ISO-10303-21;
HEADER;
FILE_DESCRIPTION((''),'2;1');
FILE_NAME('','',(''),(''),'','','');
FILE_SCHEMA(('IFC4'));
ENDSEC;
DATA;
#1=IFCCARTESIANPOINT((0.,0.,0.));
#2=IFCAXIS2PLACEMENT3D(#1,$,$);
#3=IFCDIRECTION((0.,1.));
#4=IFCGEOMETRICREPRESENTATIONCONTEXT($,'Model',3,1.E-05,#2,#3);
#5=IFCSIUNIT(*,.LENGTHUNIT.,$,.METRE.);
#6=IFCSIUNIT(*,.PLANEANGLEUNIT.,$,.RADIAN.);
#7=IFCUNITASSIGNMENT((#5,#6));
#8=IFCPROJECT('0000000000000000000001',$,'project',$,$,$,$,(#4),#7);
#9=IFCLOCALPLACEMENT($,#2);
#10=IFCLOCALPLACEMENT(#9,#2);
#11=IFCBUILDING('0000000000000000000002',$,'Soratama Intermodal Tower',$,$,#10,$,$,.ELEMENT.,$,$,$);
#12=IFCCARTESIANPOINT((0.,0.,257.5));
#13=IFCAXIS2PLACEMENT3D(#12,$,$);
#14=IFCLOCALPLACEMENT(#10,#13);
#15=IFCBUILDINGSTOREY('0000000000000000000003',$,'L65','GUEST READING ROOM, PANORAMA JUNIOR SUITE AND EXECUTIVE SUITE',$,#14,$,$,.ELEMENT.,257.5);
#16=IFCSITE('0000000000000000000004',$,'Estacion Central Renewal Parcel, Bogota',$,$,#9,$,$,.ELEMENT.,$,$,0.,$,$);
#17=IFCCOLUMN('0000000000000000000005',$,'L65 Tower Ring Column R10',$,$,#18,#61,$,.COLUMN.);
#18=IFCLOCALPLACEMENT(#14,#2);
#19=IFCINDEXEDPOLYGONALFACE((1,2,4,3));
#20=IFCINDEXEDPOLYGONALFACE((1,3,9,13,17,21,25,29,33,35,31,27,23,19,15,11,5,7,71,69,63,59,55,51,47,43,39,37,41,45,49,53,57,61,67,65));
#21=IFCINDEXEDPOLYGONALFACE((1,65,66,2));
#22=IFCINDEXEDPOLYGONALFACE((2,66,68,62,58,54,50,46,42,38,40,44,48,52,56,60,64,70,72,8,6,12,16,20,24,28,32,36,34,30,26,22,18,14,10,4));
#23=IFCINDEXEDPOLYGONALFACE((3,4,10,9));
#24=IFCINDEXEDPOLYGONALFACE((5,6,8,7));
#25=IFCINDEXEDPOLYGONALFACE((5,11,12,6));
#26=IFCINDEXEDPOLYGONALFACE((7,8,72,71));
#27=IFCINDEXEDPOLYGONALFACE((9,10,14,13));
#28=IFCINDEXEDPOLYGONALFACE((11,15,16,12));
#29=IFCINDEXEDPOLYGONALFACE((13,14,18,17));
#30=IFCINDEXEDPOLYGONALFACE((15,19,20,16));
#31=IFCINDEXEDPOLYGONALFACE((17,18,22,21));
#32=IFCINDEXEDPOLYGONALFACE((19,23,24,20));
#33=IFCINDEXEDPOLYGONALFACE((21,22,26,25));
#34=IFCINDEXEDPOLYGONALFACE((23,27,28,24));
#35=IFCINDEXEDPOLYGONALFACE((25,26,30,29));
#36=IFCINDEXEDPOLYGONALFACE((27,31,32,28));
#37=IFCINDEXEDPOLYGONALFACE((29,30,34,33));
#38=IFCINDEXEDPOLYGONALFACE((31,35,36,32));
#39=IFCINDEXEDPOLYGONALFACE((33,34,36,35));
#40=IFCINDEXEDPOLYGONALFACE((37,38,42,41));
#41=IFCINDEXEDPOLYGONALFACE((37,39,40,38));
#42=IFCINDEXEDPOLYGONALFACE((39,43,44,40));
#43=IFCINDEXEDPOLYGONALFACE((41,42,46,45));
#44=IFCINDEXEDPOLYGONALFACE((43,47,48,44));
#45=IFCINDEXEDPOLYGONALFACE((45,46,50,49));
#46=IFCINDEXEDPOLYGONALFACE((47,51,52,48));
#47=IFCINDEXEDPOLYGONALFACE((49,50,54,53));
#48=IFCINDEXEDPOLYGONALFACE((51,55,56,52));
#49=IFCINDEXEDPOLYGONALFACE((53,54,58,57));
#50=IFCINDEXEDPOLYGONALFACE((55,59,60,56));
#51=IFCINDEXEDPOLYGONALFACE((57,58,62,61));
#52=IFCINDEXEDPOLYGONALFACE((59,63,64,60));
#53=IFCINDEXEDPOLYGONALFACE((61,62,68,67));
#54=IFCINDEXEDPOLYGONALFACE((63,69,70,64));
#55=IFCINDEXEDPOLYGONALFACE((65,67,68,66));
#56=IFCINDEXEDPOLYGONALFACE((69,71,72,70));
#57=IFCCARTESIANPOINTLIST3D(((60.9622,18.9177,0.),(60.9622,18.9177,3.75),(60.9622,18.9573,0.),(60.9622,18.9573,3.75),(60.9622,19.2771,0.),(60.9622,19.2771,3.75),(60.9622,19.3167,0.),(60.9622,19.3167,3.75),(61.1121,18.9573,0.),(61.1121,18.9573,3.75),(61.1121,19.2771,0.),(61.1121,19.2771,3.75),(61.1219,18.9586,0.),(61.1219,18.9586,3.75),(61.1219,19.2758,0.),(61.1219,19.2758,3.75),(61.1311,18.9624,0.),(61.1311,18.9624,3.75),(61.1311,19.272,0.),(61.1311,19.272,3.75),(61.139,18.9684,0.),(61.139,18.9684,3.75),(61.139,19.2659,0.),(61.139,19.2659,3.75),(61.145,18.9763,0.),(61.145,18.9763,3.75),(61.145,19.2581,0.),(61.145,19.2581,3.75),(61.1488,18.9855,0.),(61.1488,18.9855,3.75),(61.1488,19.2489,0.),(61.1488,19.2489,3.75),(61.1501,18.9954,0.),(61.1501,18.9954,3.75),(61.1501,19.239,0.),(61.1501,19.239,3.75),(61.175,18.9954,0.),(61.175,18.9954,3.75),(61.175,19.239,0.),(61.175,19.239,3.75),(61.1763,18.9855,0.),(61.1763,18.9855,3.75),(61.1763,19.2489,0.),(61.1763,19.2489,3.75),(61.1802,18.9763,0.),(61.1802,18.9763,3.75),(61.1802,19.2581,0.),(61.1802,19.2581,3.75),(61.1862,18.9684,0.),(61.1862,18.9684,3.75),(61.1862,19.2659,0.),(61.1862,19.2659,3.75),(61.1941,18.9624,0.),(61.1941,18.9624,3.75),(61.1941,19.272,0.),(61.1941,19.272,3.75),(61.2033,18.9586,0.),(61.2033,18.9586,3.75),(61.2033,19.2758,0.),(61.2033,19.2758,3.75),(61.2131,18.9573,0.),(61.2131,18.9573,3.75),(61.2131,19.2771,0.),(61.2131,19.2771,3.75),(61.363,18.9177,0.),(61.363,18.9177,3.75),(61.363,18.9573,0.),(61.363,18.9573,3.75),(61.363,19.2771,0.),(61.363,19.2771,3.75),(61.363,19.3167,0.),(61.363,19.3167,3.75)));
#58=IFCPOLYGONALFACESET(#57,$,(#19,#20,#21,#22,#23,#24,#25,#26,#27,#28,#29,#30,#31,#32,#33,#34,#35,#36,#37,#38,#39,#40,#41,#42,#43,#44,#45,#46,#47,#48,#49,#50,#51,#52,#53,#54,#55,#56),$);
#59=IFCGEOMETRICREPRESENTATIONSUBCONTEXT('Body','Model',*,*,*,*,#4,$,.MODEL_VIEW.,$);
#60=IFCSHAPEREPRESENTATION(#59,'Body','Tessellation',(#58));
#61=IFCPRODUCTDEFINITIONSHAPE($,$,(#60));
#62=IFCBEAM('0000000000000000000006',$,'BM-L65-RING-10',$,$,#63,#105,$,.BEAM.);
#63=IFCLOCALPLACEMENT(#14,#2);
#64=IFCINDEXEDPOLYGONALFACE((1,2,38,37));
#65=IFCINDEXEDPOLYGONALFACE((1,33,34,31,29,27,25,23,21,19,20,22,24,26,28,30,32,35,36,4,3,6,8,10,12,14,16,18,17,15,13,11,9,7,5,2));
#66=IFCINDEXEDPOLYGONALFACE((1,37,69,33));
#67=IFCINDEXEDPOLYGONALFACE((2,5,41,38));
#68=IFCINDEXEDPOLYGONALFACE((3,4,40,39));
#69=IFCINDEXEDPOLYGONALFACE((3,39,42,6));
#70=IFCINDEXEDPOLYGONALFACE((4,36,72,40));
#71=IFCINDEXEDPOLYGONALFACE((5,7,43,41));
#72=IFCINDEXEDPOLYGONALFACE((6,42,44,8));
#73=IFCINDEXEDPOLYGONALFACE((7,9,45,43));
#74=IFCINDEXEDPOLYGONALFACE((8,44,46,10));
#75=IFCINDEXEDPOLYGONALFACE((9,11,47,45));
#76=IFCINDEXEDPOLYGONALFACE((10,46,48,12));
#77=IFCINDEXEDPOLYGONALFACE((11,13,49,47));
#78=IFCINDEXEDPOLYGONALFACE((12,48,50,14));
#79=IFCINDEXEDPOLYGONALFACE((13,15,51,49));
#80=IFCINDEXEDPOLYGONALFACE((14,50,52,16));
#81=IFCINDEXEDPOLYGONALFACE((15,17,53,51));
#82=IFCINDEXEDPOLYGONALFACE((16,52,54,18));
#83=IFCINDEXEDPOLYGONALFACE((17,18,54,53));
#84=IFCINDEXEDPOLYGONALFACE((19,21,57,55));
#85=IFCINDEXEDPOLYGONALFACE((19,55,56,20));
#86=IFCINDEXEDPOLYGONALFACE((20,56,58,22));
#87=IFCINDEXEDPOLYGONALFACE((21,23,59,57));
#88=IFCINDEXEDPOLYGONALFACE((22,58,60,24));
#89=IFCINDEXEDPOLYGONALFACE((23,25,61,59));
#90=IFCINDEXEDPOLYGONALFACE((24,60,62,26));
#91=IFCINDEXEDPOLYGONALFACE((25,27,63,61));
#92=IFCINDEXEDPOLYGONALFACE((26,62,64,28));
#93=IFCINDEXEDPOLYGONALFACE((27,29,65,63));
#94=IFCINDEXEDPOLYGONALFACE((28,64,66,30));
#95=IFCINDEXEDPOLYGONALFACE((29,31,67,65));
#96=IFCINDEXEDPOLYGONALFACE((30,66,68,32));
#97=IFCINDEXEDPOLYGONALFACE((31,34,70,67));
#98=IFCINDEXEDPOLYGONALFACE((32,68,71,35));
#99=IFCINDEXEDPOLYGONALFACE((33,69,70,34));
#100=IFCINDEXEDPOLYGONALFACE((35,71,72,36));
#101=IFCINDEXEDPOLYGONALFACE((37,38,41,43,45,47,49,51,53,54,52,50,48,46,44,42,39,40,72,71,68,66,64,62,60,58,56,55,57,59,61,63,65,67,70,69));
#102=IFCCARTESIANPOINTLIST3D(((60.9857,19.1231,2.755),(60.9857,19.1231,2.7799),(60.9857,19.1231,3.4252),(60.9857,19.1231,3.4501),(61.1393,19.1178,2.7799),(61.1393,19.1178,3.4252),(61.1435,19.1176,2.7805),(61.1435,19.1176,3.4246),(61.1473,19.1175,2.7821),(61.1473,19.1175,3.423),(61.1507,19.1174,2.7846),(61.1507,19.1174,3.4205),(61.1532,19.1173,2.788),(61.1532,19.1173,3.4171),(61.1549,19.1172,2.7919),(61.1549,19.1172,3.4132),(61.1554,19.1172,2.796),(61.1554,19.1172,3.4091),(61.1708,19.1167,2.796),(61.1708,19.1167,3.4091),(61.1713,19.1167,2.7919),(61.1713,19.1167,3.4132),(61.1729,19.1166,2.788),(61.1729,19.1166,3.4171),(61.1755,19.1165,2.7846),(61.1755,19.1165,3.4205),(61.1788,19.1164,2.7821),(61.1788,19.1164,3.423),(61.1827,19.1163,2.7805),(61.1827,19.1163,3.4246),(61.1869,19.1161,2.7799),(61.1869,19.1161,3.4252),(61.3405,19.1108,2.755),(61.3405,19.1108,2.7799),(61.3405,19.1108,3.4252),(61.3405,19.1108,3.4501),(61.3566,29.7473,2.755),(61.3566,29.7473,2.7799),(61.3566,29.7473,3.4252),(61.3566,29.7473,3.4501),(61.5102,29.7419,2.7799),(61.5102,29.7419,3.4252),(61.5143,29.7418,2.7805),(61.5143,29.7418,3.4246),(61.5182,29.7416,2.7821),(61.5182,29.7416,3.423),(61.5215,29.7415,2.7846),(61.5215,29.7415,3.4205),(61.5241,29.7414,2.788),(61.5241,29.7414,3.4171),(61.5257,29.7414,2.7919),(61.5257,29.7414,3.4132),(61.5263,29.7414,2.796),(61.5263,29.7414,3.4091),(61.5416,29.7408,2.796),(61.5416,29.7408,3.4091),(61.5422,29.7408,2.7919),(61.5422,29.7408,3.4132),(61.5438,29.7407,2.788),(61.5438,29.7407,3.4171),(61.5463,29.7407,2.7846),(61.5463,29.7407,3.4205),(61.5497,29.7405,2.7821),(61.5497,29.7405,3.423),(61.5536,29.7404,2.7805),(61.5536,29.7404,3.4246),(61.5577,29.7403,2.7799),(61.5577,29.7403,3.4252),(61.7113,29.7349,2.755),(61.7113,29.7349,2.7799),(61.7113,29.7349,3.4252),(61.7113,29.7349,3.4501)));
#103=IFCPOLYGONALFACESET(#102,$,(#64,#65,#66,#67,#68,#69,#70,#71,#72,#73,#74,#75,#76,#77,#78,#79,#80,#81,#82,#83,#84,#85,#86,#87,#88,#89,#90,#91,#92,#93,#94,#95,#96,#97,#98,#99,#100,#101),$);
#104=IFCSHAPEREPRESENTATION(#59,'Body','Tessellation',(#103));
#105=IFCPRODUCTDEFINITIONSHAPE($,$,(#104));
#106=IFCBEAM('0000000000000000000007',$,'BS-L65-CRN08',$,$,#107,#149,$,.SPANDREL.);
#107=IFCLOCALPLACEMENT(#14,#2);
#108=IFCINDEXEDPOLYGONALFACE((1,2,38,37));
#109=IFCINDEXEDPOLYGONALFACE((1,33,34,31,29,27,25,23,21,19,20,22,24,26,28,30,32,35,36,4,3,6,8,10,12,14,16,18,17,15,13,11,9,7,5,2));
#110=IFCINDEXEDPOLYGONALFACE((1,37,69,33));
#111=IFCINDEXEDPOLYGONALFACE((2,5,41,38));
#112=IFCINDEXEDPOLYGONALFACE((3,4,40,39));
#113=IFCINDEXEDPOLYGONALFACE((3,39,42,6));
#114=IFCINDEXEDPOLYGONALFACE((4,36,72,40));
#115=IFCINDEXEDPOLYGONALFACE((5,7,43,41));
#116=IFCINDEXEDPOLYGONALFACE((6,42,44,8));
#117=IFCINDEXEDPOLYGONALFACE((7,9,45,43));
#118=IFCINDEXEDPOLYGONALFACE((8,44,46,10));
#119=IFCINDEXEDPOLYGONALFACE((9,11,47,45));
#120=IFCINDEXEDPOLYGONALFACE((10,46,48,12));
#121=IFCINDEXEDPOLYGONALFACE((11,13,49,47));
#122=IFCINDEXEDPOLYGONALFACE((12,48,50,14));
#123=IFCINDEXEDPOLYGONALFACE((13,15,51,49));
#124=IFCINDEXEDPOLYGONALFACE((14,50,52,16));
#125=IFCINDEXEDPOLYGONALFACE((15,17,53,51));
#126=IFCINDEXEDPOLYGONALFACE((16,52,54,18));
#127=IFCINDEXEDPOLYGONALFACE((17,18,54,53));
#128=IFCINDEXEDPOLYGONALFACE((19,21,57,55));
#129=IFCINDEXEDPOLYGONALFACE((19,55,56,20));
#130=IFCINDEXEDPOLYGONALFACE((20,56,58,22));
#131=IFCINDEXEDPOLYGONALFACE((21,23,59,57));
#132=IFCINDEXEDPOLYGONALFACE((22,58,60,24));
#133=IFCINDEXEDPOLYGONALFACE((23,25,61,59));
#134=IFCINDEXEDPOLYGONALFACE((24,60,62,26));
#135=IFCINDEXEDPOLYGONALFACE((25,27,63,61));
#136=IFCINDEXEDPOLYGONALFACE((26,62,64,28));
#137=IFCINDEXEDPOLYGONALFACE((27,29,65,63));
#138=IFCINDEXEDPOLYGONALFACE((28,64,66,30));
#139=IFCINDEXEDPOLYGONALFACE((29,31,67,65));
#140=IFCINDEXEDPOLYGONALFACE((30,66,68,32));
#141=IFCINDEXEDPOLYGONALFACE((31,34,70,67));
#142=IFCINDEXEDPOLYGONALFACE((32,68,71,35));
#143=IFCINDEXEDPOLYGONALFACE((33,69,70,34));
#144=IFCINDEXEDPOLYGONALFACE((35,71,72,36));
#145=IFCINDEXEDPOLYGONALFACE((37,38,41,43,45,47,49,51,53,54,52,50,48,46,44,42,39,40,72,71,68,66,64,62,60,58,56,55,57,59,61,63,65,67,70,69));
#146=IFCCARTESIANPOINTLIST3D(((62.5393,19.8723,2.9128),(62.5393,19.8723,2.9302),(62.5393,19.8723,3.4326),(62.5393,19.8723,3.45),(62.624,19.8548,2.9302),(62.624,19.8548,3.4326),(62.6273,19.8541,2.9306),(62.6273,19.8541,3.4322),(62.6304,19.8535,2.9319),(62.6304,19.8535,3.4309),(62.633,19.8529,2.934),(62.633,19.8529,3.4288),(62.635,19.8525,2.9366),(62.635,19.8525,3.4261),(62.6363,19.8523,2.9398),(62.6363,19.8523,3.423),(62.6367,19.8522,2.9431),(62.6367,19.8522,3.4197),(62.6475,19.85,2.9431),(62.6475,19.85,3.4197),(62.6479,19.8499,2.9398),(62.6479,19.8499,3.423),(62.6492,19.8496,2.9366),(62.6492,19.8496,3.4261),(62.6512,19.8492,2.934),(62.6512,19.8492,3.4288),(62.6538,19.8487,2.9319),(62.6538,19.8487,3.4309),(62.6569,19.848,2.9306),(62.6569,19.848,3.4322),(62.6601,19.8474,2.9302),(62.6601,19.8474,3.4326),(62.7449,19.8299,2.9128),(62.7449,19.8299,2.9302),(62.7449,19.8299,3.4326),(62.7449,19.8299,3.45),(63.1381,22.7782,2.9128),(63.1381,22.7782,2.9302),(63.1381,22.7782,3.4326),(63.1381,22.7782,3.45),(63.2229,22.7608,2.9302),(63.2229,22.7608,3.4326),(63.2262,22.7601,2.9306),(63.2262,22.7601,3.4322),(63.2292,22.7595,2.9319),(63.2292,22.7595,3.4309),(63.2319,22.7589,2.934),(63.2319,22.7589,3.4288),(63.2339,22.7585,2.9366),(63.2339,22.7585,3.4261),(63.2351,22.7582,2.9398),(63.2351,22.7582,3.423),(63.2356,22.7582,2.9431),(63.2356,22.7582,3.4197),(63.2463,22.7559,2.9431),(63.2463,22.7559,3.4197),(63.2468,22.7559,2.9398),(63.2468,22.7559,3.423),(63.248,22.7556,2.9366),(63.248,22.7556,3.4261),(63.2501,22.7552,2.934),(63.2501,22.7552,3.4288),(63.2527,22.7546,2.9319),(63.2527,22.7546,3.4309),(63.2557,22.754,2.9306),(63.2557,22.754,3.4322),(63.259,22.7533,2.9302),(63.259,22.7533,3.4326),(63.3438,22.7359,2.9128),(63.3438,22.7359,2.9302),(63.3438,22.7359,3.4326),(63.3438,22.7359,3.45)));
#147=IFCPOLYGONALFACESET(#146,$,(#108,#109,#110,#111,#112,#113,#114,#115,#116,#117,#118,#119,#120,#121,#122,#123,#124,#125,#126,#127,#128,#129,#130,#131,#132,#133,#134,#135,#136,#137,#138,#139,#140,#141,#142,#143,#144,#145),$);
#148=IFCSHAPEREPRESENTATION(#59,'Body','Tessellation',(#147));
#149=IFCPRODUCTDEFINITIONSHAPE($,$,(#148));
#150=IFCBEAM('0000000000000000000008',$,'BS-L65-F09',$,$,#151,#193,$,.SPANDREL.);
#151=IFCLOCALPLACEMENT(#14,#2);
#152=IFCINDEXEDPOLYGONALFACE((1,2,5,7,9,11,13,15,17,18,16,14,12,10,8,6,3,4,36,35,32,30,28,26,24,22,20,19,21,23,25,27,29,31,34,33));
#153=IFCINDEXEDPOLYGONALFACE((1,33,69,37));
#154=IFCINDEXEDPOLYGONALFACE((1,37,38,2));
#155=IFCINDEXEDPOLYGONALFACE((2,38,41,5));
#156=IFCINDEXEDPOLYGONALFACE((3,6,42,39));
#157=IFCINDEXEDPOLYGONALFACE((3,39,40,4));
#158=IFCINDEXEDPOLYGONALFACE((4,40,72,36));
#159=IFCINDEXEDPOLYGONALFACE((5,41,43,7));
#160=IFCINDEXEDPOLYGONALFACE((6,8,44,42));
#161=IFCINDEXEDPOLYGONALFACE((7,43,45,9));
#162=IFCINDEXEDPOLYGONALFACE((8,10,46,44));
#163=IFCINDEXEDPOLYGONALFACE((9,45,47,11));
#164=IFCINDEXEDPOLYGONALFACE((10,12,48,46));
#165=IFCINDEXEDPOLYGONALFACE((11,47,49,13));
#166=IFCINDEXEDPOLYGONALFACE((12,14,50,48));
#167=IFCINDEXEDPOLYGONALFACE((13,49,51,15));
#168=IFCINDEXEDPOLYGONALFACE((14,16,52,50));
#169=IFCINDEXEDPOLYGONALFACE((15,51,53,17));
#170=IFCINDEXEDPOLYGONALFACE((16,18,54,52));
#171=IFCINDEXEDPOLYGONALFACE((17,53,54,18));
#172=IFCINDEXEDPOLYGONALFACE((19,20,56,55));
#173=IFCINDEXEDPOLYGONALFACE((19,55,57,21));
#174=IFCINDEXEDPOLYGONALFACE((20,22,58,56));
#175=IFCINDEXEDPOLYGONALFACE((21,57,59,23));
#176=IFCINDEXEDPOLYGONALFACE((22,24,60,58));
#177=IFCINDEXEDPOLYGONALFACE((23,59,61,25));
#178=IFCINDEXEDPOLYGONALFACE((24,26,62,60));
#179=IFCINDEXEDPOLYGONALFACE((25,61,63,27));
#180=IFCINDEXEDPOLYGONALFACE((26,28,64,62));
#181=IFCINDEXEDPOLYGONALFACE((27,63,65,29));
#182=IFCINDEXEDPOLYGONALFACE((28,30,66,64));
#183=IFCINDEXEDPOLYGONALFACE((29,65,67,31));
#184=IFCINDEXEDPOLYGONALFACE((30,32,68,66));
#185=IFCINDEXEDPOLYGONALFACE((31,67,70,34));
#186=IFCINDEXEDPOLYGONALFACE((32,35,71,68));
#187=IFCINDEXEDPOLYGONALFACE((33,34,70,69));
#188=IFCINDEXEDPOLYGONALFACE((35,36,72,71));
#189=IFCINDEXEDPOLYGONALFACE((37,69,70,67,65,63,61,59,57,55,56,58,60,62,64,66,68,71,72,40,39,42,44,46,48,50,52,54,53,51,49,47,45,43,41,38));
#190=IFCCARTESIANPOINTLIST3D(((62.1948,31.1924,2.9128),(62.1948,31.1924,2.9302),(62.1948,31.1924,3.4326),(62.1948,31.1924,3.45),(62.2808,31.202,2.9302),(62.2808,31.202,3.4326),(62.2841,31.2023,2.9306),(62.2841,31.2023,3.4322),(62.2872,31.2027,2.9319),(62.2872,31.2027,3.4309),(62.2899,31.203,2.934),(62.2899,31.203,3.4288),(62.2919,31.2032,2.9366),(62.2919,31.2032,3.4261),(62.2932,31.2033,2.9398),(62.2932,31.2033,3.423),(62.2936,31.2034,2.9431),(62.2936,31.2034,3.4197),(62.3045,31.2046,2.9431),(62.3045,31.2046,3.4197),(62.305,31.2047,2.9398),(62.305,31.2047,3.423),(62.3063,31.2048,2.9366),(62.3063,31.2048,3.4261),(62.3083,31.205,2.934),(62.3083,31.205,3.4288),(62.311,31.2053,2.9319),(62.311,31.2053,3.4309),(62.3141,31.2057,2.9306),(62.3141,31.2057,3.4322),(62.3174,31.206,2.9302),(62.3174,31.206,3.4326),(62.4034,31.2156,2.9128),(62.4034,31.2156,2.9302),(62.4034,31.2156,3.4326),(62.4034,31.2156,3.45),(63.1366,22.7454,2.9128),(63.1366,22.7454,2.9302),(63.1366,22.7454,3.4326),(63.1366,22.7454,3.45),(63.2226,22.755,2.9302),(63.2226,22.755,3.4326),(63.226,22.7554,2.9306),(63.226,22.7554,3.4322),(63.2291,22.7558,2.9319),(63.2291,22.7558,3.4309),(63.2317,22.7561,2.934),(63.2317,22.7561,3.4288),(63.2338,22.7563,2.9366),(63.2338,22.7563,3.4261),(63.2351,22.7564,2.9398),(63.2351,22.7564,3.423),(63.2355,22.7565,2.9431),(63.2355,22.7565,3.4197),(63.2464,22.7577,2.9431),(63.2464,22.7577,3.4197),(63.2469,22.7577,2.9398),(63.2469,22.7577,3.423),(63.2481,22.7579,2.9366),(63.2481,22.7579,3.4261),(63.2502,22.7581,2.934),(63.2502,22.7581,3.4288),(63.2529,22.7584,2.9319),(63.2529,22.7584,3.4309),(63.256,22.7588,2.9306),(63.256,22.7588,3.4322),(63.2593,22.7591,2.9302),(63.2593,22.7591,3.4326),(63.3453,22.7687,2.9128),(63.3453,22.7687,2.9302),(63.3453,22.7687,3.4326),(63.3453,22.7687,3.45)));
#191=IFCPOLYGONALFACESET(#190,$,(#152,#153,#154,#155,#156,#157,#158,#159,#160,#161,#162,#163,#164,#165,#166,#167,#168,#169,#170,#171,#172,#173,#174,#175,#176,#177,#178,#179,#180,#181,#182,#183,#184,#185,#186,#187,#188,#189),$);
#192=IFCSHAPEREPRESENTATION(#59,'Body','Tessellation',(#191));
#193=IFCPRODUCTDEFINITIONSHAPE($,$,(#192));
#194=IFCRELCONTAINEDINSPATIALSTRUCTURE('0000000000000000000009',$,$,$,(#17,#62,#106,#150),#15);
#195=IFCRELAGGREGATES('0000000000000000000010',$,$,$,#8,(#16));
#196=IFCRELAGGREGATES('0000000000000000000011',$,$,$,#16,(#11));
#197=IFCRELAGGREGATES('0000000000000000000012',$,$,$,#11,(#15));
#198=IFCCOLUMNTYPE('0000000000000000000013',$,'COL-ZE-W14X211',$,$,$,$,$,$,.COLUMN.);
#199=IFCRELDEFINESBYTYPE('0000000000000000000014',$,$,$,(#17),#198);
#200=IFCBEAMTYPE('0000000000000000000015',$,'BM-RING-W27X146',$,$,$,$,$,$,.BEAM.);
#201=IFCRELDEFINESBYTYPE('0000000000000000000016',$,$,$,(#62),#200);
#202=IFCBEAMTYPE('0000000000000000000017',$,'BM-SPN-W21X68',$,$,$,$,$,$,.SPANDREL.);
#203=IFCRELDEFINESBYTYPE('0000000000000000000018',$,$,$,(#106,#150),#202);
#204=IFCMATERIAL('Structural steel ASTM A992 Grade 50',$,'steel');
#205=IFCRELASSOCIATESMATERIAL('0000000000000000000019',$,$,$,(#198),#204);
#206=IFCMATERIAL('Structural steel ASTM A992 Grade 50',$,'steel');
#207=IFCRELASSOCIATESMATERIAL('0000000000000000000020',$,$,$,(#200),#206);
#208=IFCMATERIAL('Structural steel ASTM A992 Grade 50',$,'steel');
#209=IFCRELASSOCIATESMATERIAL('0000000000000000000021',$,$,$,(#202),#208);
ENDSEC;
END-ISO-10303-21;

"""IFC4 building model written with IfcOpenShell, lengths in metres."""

from ifc_helpers import new_model, si_unit, direction, frame, origin, origin_2d, place, context, subcontext, project, spatial, i_section, extrude, material, material_profile, profile_set, type_object, element, save


model = new_model("IFC4")

# Units and contexts
model_context = context("Model", 3, precision=1e-05, world=origin(), true_north=direction((0.0, 1.0)))
body_context = subcontext(model_context, "Body", "Model", "MODEL_VIEW")
ifc_project = project(units=[si_unit("LENGTHUNIT", "METRE"), si_unit("PLANEANGLEUNIT", "RADIAN")], contexts=[model_context])

# Site, building, storey
site_placement = place(None, origin())
site = spatial("IfcSite", under=ifc_project, at=site_placement, Name="Estacion Central Renewal Parcel, Bogota", CompositionType="ELEMENT", RefElevation=0.0)
building_placement = place(site_placement, origin())
building = spatial("IfcBuilding", under=site, at=building_placement, Name="Soratama Intermodal Tower", CompositionType="ELEMENT")
storey_placement = place(building_placement, frame((0.0, 0.0, 257.5)))
storey = spatial("IfcBuildingStorey", under=building, at=storey_placement, Name="L65", Description="GUEST READING ROOM, PANORAMA JUNIOR SUITE AND EXECUTIVE SUITE", CompositionType="ELEMENT", Elevation=257.5)

# Column
ifc_material_1 = material(Name="Structural steel ASTM A992 Grade 50", Category="steel")
ifc_material_profile_1 = material_profile(ifc_material_1, i_section(OverallWidth=0.4009, OverallDepth=0.3989, WebThickness=0.0249, FlangeThickness=0.0396, FilletRadius=0.0381, at=origin_2d()), Name="W14X211")
ifc_profile_set_1 = profile_set([ifc_material_profile_1], Name="Structural steel ASTM A992 Grade 50")
column_type = type_object("IfcColumnType", Name="COL-ZE-W14X211", PredefinedType="COLUMN", material=ifc_profile_set_1)
column_placement = place(storey_placement, frame((61.1626, 19.1172, 0.0), z_axis=(0.0, 0.0, 1.0), x_axis=(1.0, 0.0, 0.0)))
element("IfcColumn", 1, at=column_placement, inside=storey, type_object=column_type, Name="L65 Tower Ring Column R10", PredefinedType="COLUMN", context=body_context, shape_type="SweptSolid", body=[
    extrude(i_section(OverallWidth=0.4009, OverallDepth=0.3989, WebThickness=0.0249, FlangeThickness=0.0396, FilletRadius=0.0381, at=origin_2d()), origin(), (0.0, 0.0, 1.0), 3.75),
])

# Beams
ifc_material_2 = material(Name="Structural steel ASTM A992 Grade 50", Category="steel")
ifc_material_profile_2 = material_profile(ifc_material_2, i_section(OverallWidth=0.355, OverallDepth=0.6951, WebThickness=0.0154, FlangeThickness=0.0249, FilletRadius=0.0161, at=origin_2d()), Name="W27X146")
ifc_profile_set_2 = profile_set([ifc_material_profile_2], Name="Structural steel ASTM A992 Grade 50")
beam_type_1 = type_object("IfcBeamType", Name="BM-RING-W27X146", PredefinedType="BEAM", material=ifc_profile_set_2)
beam_1_placement = place(storey_placement, frame((61.1631, 19.1169, 3.1025), z_axis=(0.034885, 0.999391, 0.0), x_axis=(-0.999391, 0.034885, 0.0)))
element("IfcBeam", 2, at=beam_1_placement, inside=storey, type_object=beam_type_1, Name="BM-L65-RING-10", PredefinedType="BEAM", context=body_context, shape_type="SweptSolid", body=[
    extrude(i_section(OverallWidth=0.355, OverallDepth=0.6951, WebThickness=0.0154, FlangeThickness=0.0249, FilletRadius=0.0161, at=origin_2d()), origin(), (0.0, 0.0, 1.0), 10.6306),
])
ifc_material_3 = material(Name="Structural steel ASTM A992 Grade 50", Category="steel")
ifc_material_profile_3 = material_profile(ifc_material_3, i_section(OverallWidth=0.21, OverallDepth=0.5371, WebThickness=0.011, FlangeThickness=0.0173, FilletRadius=0.0129, at=origin_2d()), Name="W21X68")
ifc_profile_set_3 = profile_set([ifc_material_profile_3], Name="Structural steel ASTM A992 Grade 50")
beam_type_2 = type_object("IfcBeamType", Name="BM-SPN-W21X68", PredefinedType="SPANDREL", material=ifc_profile_set_3)
beam_2_placement = place(storey_placement, frame((62.6421, 19.8511, 3.1814), z_axis=(0.201841, 0.979418, 0.0), x_axis=(-0.979418, 0.201841, 0.0)))
element("IfcBeam", 3, at=beam_2_placement, inside=storey, type_object=beam_type_2, Name="BS-L65-CRN08", PredefinedType="SPANDREL", context=body_context, shape_type="SweptSolid", body=[
    extrude(i_section(OverallWidth=0.21, OverallDepth=0.5371, WebThickness=0.011, FlangeThickness=0.0173, FilletRadius=0.0129, at=origin_2d()), origin(), (0.0, 0.0, 1.0), 2.967),
])
beam_3_placement = place(storey_placement, frame((63.241, 22.7571, 3.1814), z_axis=(-0.110819, 0.993841, 0.0), x_axis=(-0.993841, -0.110819, 0.0)))
element("IfcBeam", 4, at=beam_3_placement, inside=storey, type_object=beam_type_2, Name="BS-L65-F09", PredefinedType="SPANDREL", context=body_context, shape_type="SweptSolid", body=[
    extrude(i_section(OverallWidth=0.21, OverallDepth=0.5371, WebThickness=0.011, FlangeThickness=0.0173, FilletRadius=0.0129, at=origin_2d()), origin(), (0.0, 0.0, 1.0), 8.4993),
])

save(model, "model.ifc")
